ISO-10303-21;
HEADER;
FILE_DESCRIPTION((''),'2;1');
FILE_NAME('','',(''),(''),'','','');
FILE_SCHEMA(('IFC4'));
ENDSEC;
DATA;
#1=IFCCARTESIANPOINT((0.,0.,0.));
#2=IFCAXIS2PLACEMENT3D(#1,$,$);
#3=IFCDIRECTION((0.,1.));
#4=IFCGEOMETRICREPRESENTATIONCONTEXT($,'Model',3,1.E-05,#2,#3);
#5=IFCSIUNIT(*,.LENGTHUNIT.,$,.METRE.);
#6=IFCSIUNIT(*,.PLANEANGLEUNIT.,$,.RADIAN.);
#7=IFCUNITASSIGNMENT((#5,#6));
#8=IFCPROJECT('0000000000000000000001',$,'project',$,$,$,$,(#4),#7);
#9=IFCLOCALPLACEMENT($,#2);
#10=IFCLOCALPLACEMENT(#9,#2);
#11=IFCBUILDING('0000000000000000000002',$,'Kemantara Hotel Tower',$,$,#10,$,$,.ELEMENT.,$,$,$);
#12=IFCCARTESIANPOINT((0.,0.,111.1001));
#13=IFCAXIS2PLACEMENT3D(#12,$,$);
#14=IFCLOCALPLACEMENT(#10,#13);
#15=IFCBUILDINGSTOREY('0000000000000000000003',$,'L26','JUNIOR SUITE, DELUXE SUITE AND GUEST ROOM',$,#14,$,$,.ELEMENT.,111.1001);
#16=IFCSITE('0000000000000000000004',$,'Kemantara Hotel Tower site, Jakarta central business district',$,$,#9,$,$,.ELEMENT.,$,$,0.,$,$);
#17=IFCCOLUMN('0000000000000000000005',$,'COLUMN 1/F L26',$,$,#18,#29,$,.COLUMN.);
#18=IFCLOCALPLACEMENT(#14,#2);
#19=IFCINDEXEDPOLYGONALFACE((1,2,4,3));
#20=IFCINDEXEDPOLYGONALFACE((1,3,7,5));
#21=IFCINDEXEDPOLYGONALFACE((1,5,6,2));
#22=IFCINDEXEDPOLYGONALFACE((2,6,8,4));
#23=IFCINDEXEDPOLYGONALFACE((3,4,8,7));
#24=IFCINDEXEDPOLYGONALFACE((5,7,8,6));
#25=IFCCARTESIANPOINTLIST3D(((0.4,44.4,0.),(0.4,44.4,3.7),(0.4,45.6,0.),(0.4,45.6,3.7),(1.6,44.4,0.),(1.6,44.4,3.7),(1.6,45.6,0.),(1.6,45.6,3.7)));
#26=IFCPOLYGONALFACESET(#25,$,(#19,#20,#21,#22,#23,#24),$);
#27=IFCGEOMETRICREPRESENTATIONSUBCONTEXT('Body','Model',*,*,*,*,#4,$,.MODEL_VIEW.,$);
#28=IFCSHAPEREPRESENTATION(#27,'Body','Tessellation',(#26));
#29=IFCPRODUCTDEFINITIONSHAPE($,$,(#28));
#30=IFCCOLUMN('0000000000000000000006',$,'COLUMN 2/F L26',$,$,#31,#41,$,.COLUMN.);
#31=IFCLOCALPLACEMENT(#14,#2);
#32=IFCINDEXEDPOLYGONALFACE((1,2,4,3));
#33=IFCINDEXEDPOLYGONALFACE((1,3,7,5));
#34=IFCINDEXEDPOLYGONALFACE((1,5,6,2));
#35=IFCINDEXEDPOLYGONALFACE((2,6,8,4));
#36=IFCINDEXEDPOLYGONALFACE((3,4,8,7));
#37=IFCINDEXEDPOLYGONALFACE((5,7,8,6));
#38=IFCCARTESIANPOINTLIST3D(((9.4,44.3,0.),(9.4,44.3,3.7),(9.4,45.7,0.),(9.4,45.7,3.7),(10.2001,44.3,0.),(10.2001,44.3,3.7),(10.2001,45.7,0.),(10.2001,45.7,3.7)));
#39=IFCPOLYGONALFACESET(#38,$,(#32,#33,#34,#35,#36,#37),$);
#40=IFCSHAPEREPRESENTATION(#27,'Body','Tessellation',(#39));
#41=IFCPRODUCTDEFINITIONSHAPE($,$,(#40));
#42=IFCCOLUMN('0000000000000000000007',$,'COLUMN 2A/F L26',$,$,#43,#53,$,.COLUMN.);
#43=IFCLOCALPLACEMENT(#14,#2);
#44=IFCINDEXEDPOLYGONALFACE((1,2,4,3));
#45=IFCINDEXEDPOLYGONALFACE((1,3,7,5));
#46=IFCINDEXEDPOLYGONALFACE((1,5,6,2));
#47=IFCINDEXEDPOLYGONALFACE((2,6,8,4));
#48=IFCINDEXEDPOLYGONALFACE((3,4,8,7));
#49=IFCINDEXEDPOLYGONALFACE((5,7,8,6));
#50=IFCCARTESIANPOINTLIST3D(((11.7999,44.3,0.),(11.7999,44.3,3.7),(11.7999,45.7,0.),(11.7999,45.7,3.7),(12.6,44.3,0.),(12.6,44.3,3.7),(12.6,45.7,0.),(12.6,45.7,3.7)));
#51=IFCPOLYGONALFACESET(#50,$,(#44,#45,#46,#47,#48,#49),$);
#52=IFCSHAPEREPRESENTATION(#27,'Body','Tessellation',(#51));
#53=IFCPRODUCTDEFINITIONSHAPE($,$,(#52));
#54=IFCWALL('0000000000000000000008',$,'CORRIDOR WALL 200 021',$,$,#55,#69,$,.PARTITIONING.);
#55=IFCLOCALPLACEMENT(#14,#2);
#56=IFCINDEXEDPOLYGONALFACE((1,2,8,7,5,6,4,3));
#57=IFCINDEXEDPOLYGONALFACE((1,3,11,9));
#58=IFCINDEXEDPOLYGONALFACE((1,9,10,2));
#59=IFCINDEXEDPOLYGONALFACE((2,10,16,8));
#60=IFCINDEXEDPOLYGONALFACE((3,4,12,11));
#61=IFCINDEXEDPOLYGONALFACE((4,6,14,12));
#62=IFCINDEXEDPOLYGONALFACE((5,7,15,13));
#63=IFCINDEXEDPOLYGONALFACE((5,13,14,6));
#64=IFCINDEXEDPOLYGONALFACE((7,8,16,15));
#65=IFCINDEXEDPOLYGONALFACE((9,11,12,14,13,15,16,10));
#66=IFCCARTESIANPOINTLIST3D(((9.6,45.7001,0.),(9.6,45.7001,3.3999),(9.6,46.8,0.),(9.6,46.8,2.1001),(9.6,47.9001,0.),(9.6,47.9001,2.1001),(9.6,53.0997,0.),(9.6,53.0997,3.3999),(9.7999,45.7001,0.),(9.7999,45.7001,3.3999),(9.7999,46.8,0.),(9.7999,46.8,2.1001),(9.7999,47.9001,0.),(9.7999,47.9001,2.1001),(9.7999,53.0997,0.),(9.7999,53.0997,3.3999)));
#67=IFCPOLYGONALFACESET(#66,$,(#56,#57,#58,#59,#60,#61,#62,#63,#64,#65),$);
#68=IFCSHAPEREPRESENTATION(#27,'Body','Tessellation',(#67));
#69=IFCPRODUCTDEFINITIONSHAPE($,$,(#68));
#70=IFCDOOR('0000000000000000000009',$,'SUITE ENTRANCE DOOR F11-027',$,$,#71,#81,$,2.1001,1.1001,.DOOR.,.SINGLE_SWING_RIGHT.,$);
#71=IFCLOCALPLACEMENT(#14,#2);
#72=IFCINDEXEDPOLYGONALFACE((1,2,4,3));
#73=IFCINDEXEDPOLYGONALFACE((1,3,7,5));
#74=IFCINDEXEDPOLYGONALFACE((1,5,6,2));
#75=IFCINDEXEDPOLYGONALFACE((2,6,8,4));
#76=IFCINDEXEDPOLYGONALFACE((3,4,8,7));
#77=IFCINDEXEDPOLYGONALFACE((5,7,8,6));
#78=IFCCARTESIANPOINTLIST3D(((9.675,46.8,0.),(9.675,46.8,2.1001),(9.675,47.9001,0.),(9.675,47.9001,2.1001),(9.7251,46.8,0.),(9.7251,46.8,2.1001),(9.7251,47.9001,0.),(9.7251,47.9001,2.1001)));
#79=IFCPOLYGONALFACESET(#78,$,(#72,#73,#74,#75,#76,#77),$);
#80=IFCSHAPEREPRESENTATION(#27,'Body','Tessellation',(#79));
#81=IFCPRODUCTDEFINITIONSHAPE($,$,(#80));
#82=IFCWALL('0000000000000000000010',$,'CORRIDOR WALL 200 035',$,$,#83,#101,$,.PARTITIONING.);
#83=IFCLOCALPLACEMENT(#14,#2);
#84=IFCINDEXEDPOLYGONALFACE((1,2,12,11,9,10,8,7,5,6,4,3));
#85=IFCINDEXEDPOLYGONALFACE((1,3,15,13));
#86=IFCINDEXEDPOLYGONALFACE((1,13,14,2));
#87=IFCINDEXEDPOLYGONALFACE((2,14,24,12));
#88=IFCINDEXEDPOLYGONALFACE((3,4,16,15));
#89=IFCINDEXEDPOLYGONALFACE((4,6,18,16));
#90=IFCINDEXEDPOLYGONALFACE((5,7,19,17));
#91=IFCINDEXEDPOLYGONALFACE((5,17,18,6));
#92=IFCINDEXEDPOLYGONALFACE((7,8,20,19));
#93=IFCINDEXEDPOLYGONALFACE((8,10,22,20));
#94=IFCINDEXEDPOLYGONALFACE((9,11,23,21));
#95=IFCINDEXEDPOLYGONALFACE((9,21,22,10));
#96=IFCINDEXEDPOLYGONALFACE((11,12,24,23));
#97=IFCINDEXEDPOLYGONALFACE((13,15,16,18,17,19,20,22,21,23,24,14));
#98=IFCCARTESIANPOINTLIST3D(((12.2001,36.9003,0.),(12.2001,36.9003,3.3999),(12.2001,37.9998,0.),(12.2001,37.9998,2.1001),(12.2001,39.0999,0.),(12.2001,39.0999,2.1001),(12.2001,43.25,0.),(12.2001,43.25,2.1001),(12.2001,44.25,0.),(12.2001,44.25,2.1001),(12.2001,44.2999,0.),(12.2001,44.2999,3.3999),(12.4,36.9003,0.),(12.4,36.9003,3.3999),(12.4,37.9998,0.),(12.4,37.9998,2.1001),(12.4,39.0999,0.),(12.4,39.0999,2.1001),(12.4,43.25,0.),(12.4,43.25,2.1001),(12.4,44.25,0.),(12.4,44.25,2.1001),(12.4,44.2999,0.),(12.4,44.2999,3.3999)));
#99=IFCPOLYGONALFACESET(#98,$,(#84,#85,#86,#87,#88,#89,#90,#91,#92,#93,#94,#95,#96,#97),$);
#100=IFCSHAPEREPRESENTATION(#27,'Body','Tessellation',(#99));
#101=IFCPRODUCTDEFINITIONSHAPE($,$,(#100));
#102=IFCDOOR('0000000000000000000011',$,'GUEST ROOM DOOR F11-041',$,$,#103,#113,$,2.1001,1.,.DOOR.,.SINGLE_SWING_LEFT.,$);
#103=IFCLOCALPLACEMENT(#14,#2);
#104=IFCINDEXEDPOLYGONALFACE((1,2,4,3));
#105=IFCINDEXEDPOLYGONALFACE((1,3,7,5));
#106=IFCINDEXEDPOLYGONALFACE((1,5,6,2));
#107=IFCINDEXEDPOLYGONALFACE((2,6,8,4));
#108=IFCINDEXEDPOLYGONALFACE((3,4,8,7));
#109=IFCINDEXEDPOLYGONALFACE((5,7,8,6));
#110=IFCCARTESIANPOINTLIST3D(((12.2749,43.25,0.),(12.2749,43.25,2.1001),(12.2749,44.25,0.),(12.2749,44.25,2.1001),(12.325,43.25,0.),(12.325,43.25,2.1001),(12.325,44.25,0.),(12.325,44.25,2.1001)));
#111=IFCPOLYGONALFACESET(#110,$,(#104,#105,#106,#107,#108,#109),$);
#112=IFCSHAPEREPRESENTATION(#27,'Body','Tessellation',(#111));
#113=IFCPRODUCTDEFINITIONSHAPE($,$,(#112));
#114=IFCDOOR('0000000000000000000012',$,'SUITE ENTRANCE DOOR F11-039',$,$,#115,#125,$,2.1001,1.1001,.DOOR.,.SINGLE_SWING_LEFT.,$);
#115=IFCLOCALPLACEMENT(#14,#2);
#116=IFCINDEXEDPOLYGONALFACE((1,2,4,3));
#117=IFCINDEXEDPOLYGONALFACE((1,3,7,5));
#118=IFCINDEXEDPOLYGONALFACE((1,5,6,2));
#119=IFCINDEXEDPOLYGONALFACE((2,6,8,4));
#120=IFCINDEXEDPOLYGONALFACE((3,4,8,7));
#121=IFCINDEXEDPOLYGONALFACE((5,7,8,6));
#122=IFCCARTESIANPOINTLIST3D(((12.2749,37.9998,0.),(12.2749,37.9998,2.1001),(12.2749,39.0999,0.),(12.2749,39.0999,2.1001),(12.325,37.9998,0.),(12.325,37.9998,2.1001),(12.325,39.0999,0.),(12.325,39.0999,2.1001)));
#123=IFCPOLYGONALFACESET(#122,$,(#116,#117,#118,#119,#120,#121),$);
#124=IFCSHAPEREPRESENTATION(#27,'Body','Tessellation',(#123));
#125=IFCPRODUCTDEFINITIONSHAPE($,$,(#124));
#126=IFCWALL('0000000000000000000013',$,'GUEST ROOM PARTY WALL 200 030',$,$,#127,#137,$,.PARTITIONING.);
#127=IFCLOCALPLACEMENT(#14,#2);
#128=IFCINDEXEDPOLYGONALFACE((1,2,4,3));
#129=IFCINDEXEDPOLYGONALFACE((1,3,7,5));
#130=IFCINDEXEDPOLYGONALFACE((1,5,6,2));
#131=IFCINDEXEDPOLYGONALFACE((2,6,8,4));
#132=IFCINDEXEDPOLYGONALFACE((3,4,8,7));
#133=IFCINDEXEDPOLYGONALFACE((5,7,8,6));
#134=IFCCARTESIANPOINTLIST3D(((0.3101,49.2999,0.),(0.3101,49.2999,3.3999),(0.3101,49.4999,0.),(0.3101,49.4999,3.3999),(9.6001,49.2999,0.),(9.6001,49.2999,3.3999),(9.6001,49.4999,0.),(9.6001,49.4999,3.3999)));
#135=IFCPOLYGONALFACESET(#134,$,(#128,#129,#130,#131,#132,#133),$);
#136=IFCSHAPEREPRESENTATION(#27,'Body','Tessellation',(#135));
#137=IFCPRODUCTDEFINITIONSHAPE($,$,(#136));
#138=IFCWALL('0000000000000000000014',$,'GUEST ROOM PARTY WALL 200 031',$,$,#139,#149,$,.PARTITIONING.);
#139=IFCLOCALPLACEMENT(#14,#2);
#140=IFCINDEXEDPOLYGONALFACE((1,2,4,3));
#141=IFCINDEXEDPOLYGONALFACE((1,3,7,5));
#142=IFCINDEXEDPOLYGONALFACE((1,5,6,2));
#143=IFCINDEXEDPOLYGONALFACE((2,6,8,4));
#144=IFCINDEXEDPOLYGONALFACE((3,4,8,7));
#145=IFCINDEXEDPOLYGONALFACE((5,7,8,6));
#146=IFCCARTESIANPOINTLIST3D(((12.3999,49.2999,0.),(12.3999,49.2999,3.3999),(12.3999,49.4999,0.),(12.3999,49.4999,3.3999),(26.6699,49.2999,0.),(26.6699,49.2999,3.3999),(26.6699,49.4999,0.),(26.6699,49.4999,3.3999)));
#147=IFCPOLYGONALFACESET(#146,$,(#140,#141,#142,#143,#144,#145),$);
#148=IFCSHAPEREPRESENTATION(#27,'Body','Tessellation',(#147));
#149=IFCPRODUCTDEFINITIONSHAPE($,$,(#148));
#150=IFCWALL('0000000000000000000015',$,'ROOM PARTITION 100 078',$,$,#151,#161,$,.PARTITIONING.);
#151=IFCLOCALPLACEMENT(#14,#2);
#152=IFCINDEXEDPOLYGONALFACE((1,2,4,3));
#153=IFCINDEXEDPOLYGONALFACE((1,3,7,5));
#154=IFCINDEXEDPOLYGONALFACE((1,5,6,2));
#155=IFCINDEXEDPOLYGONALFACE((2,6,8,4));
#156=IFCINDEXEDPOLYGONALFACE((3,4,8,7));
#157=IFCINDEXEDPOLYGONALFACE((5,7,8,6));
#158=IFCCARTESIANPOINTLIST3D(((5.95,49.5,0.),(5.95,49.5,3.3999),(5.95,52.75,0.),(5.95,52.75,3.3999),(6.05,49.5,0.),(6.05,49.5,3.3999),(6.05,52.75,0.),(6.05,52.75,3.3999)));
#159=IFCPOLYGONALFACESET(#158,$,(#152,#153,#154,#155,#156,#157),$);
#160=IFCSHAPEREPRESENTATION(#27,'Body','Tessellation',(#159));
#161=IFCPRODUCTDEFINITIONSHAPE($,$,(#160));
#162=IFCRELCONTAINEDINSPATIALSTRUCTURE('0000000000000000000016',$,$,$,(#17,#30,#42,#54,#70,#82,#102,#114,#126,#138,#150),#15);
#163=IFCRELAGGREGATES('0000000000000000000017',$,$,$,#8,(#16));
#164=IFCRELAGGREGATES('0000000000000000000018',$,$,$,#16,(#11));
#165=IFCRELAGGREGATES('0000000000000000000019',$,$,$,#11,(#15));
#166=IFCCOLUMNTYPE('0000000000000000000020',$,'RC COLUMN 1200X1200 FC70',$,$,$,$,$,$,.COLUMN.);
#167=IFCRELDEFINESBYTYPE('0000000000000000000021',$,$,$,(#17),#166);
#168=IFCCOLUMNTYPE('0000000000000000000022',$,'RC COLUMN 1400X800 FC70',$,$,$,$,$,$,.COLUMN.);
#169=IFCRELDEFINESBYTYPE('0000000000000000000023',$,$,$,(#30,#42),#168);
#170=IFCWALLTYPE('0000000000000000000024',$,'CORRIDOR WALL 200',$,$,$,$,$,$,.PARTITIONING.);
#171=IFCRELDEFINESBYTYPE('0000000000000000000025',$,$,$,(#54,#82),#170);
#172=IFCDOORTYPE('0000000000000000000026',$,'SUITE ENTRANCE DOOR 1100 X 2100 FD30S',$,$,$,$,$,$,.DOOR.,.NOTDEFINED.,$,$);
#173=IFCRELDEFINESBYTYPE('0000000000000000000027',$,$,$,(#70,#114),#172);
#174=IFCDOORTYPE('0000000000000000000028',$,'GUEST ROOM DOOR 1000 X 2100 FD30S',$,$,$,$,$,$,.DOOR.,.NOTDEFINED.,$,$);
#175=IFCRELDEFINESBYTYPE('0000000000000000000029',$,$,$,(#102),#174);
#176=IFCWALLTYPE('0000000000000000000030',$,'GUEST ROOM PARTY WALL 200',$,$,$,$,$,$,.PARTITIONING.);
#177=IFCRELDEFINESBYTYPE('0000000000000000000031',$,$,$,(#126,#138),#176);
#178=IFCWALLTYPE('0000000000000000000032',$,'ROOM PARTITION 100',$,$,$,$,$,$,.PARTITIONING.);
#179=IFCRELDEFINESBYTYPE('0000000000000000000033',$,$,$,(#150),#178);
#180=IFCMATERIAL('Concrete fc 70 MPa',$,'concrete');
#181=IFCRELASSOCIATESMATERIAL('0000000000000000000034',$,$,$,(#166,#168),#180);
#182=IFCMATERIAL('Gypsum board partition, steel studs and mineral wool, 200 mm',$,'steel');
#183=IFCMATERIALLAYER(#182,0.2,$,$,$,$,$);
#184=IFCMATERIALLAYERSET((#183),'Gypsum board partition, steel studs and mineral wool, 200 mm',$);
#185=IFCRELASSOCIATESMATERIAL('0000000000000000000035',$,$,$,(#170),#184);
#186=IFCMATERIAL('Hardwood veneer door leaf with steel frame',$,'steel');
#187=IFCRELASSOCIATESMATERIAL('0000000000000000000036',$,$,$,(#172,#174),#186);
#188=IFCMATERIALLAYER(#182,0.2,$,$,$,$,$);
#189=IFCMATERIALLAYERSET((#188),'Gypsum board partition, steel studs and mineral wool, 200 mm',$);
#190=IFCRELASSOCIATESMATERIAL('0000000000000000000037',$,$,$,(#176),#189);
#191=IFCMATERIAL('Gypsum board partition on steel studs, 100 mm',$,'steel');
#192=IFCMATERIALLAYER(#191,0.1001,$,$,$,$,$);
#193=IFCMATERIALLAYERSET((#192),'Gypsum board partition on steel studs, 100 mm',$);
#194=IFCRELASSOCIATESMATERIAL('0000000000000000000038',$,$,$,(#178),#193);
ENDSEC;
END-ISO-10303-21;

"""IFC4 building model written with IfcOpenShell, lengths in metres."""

from ifc_helpers import new_model, si_unit, direction, frame, frame_2d, origin, origin_2d, place, context, subcontext, project, spatial, rectangle, extrude, material, layer, layer_set, material_profile, profile_set, type_object, element, fill, save


model = new_model("IFC4")

# Units and contexts
model_context = context("Model", 3, precision=1e-05, world=origin(), true_north=direction((0.0, 1.0)))
body_context = subcontext(model_context, "Body", "Model", "MODEL_VIEW")
ifc_project = project(units=[si_unit("LENGTHUNIT", "METRE"), si_unit("PLANEANGLEUNIT", "RADIAN")], contexts=[model_context])

# Site, building, storey
site_placement = place(None, origin())
site = spatial("IfcSite", under=ifc_project, at=site_placement, Name="Kemantara Hotel Tower site, Jakarta central business district", CompositionType="ELEMENT", RefElevation=0.0)
building_placement = place(site_placement, origin())
building = spatial("IfcBuilding", under=site, at=building_placement, Name="Kemantara Hotel Tower", CompositionType="ELEMENT")
storey_placement = place(building_placement, frame((0.0, 0.0, 111.1001)))
storey = spatial("IfcBuildingStorey", under=building, at=storey_placement, Name="L26", Description="JUNIOR SUITE, DELUXE SUITE AND GUEST ROOM", CompositionType="ELEMENT", Elevation=111.1001)

# Columns
ifc_material_1 = material(Name="Concrete fc 70 MPa", Category="concrete")
ifc_material_profile_1 = material_profile(ifc_material_1, rectangle(XDim=1.2, YDim=1.2, at=origin_2d()), Name="RC 1200X1200")
ifc_profile_set_1 = profile_set([ifc_material_profile_1], Name="Concrete fc 70 MPa")
column_type_1 = type_object("IfcColumnType", Name="RC COLUMN 1200X1200 FC70", PredefinedType="COLUMN", material=ifc_profile_set_1)
column_placement = place(storey_placement, frame((1.0, 45.0, 0.0), z_axis=(0.0, 0.0, 1.0), x_axis=(1.0, 0.0, 0.0)))
element("IfcColumn", 1, at=column_placement, inside=storey, type_object=column_type_1, Name="COLUMN 1/F L26", PredefinedType="COLUMN", context=body_context, shape_type="SweptSolid", body=[
    extrude(rectangle(XDim=1.2, YDim=1.2, at=origin_2d()), origin(), (0.0, 0.0, 1.0), 3.7),
])
ifc_material_profile_2 = material_profile(ifc_material_1, rectangle(XDim=1.3999, YDim=0.8, at=origin_2d()), Name="RC 1400X800")
ifc_profile_set_2 = profile_set([ifc_material_profile_2], Name="Concrete fc 70 MPa")
column_type_2 = type_object("IfcColumnType", Name="RC COLUMN 1400X800 FC70", PredefinedType="COLUMN", material=ifc_profile_set_2)
for number, where, z_axis, x_axis, name in (
    (2, (9.8, 45.0, 0.0), (0.0, 0.0, 1.0), (0.0, 1.0, 0.0), "COLUMN 2/F L26"),
    (3, (12.2, 45.0, 0.0), (0.0, 0.0, 1.0), (0.0, 1.0, 0.0), "COLUMN 2A/F L26"),
):
    element("IfcColumn", number, at=place(storey_placement, frame(where, z_axis=z_axis, x_axis=x_axis)), inside=storey, type_object=column_type_2, Name=name, PredefinedType="COLUMN", context=body_context, shape_type="SweptSolid", body=[
        extrude(rectangle(XDim=1.3999, YDim=0.8, at=origin_2d()), origin(), (0.0, 0.0, 1.0), 3.7),
    ])

# Wall, opening, door
ifc_material_2 = material(Name="Gypsum board partition, steel studs and mineral wool, 200 mm", Category="steel")
ifc_layer_1 = layer(ifc_material_2, 0.2)
ifc_layer_set_1 = layer_set([ifc_layer_1], Name="Gypsum board partition, steel studs and mineral wool, 200 mm")
wall_type_1 = type_object("IfcWallType", Name="CORRIDOR WALL 200", PredefinedType="PARTITIONING", material=ifc_layer_set_1)
wall_1_placement = place(storey_placement, frame((9.7, 45.7002, 0.0), z_axis=(0.0, 0.0, 1.0), x_axis=(0.0, 1.0, 0.0)))
wall_1 = element("IfcWall", 4, at=wall_1_placement, inside=storey, type_object=wall_type_1, Name="CORRIDOR WALL 200 021", PredefinedType="PARTITIONING", context=body_context, shape_type="SweptSolid", body=[
    extrude(rectangle(XDim=7.3997, YDim=0.2, at=frame_2d((3.6997, 0.0))), origin(), (0.0, 0.0, 1.0), 3.3999),
])
opening_1_placement = place(wall_1_placement, frame((1.0999, 0.0, 0.0)))
opening_1 = element("IfcOpeningElement", 5, at=opening_1_placement, cuts=wall_1, PredefinedType="OPENING", context=body_context, shape_type="SweptSolid", body=[
    extrude(rectangle(XDim=1.1001, YDim=2.1001, at=frame_2d((0.55, 1.05))), frame((0.0, 0.1099, 0.0), z_axis=(0.0, -1.0, 0.0), x_axis=(1.0, 0.0, 0.0)), (0.0, 0.0, 1.0), 0.22),
])
ifc_material_3 = material(Name="Hardwood veneer door leaf with steel frame", Category="steel")
door_type_1 = type_object("IfcDoorType", Name="SUITE ENTRANCE DOOR 1100 X 2100 FD30S", OperationType="NOTDEFINED", PredefinedType="DOOR", material=ifc_material_3)
door_1_placement = place(opening_1_placement, origin())
door_1 = element("IfcDoor", 6, at=door_1_placement, inside=storey, type_object=door_type_1, Name="SUITE ENTRANCE DOOR F11-027", OperationType="SINGLE_SWING_RIGHT", OverallHeight=2.1001, OverallWidth=1.1001, PredefinedType="DOOR", context=body_context, shape_type="SweptSolid", body=[
    extrude(rectangle(XDim=1.1001, YDim=2.1001, at=frame_2d((0.55, 1.05))), frame((0.0, 0.0249, 0.0), z_axis=(0.0, -1.0, 0.0), x_axis=(1.0, 0.0, 0.0)), (0.0, 0.0, 1.0), 0.05),
])
fill(opening_1, door_1)

# Wall, openings, doors
wall_2_placement = place(storey_placement, frame((12.3, 44.2998, 0.0), z_axis=(0.0, 0.0, 1.0), x_axis=(0.0, -1.0, 0.0)))
wall_2 = element("IfcWall", 7, at=wall_2_placement, inside=storey, type_object=wall_type_1, Name="CORRIDOR WALL 200 035", PredefinedType="PARTITIONING", context=body_context, shape_type="SweptSolid", body=[
    extrude(rectangle(XDim=7.3997, YDim=0.2, at=frame_2d((3.6997, 0.0))), origin(), (0.0, 0.0, 1.0), 3.3999),
])
opening_2_placement = place(wall_2_placement, frame((5.2, 0.0, 0.0)))
opening_2 = element("IfcOpeningElement", 8, at=opening_2_placement, cuts=wall_2, PredefinedType="OPENING", context=body_context, shape_type="SweptSolid", body=[
    extrude(rectangle(XDim=1.1001, YDim=2.1001, at=frame_2d((0.55, 1.05))), frame((0.0, 0.1099, 0.0), z_axis=(0.0, -1.0, 0.0), x_axis=(1.0, 0.0, 0.0)), (0.0, 0.0, 1.0), 0.22),
])
opening_3_placement = place(wall_2_placement, frame((0.0498, 0.0, 0.0)))
opening_3 = element("IfcOpeningElement", 9, at=opening_3_placement, cuts=wall_2, PredefinedType="OPENING", context=body_context, shape_type="SweptSolid", body=[
    extrude(rectangle(XDim=1.0, YDim=2.1001, at=frame_2d((0.5, 1.05))), frame((0.0, 0.1099, 0.0), z_axis=(0.0, -1.0, 0.0), x_axis=(1.0, 0.0, 0.0)), (0.0, 0.0, 1.0), 0.22),
])
door_type_2 = type_object("IfcDoorType", Name="GUEST ROOM DOOR 1000 X 2100 FD30S", OperationType="NOTDEFINED", PredefinedType="DOOR", material=ifc_material_3)
door_2_placement = place(opening_3_placement, origin())
door_2 = element("IfcDoor", 10, at=door_2_placement, inside=storey, type_object=door_type_2, Name="GUEST ROOM DOOR F11-041", OperationType="SINGLE_SWING_LEFT", OverallHeight=2.1001, OverallWidth=1.0, PredefinedType="DOOR", context=body_context, shape_type="SweptSolid", body=[
    extrude(rectangle(XDim=1.0, YDim=2.1001, at=frame_2d((0.5, 1.05))), frame((0.0, 0.0249, 0.0), z_axis=(0.0, -1.0, 0.0), x_axis=(1.0, 0.0, 0.0)), (0.0, 0.0, 1.0), 0.05),
])
fill(opening_3, door_2)
door_3_placement = place(opening_2_placement, origin())
door_3 = element("IfcDoor", 11, at=door_3_placement, inside=storey, type_object=door_type_1, Name="SUITE ENTRANCE DOOR F11-039", OperationType="SINGLE_SWING_LEFT", OverallHeight=2.1001, OverallWidth=1.1001, PredefinedType="DOOR", context=body_context, shape_type="SweptSolid", body=[
    extrude(rectangle(XDim=1.1001, YDim=2.1001, at=frame_2d((0.55, 1.05))), frame((0.0, 0.0249, 0.0), z_axis=(0.0, -1.0, 0.0), x_axis=(1.0, 0.0, 0.0)), (0.0, 0.0, 1.0), 0.05),
])
fill(opening_2, door_3)

# Walls
ifc_layer_2 = layer(ifc_material_2, 0.2)
ifc_layer_set_2 = layer_set([ifc_layer_2], Name="Gypsum board partition, steel studs and mineral wool, 200 mm")
wall_type_2 = type_object("IfcWallType", Name="GUEST ROOM PARTY WALL 200", PredefinedType="PARTITIONING", material=ifc_layer_set_2)
wall_3_placement = place(storey_placement, frame((0.3101, 49.3999, 0.0), z_axis=(0.0, 0.0, 1.0), x_axis=(1.0, 0.0, 0.0)))
element("IfcWall", 12, at=wall_3_placement, inside=storey, type_object=wall_type_2, Name="GUEST ROOM PARTY WALL 200 030", PredefinedType="PARTITIONING", context=body_context, shape_type="SweptSolid", body=[
    extrude(rectangle(XDim=9.29, YDim=0.2, at=frame_2d((4.645, 0.0))), origin(), (0.0, 0.0, 1.0), 3.3999),
])
wall_4_placement = place(storey_placement, frame((12.3999, 49.3999, 0.0), z_axis=(0.0, 0.0, 1.0), x_axis=(1.0, 0.0, 0.0)))
element("IfcWall", 13, at=wall_4_placement, inside=storey, type_object=wall_type_2, Name="GUEST ROOM PARTY WALL 200 031", PredefinedType="PARTITIONING", context=body_context, shape_type="SweptSolid", body=[
    extrude(rectangle(XDim=14.27, YDim=0.2, at=frame_2d((7.135, 0.0))), origin(), (0.0, 0.0, 1.0), 3.3999),
])
ifc_material_4 = material(Name="Gypsum board partition on steel studs, 100 mm", Category="steel")
ifc_layer_3 = layer(ifc_material_4, 0.1001)
ifc_layer_set_3 = layer_set([ifc_layer_3], Name="Gypsum board partition on steel studs, 100 mm")
wall_type_3 = type_object("IfcWallType", Name="ROOM PARTITION 100", PredefinedType="PARTITIONING", material=ifc_layer_set_3)
wall_5_placement = place(storey_placement, frame((6.0, 49.5, 0.0), z_axis=(0.0, 0.0, 1.0), x_axis=(0.0, 1.0, 0.0)))
element("IfcWall", 14, at=wall_5_placement, inside=storey, type_object=wall_type_3, Name="ROOM PARTITION 100 078", PredefinedType="PARTITIONING", context=body_context, shape_type="SweptSolid", body=[
    extrude(rectangle(XDim=3.25, YDim=0.1001, at=frame_2d((1.625, 0.0))), origin(), (0.0, 0.0, 1.0), 3.3999),
])

save(model, "model.ifc")
